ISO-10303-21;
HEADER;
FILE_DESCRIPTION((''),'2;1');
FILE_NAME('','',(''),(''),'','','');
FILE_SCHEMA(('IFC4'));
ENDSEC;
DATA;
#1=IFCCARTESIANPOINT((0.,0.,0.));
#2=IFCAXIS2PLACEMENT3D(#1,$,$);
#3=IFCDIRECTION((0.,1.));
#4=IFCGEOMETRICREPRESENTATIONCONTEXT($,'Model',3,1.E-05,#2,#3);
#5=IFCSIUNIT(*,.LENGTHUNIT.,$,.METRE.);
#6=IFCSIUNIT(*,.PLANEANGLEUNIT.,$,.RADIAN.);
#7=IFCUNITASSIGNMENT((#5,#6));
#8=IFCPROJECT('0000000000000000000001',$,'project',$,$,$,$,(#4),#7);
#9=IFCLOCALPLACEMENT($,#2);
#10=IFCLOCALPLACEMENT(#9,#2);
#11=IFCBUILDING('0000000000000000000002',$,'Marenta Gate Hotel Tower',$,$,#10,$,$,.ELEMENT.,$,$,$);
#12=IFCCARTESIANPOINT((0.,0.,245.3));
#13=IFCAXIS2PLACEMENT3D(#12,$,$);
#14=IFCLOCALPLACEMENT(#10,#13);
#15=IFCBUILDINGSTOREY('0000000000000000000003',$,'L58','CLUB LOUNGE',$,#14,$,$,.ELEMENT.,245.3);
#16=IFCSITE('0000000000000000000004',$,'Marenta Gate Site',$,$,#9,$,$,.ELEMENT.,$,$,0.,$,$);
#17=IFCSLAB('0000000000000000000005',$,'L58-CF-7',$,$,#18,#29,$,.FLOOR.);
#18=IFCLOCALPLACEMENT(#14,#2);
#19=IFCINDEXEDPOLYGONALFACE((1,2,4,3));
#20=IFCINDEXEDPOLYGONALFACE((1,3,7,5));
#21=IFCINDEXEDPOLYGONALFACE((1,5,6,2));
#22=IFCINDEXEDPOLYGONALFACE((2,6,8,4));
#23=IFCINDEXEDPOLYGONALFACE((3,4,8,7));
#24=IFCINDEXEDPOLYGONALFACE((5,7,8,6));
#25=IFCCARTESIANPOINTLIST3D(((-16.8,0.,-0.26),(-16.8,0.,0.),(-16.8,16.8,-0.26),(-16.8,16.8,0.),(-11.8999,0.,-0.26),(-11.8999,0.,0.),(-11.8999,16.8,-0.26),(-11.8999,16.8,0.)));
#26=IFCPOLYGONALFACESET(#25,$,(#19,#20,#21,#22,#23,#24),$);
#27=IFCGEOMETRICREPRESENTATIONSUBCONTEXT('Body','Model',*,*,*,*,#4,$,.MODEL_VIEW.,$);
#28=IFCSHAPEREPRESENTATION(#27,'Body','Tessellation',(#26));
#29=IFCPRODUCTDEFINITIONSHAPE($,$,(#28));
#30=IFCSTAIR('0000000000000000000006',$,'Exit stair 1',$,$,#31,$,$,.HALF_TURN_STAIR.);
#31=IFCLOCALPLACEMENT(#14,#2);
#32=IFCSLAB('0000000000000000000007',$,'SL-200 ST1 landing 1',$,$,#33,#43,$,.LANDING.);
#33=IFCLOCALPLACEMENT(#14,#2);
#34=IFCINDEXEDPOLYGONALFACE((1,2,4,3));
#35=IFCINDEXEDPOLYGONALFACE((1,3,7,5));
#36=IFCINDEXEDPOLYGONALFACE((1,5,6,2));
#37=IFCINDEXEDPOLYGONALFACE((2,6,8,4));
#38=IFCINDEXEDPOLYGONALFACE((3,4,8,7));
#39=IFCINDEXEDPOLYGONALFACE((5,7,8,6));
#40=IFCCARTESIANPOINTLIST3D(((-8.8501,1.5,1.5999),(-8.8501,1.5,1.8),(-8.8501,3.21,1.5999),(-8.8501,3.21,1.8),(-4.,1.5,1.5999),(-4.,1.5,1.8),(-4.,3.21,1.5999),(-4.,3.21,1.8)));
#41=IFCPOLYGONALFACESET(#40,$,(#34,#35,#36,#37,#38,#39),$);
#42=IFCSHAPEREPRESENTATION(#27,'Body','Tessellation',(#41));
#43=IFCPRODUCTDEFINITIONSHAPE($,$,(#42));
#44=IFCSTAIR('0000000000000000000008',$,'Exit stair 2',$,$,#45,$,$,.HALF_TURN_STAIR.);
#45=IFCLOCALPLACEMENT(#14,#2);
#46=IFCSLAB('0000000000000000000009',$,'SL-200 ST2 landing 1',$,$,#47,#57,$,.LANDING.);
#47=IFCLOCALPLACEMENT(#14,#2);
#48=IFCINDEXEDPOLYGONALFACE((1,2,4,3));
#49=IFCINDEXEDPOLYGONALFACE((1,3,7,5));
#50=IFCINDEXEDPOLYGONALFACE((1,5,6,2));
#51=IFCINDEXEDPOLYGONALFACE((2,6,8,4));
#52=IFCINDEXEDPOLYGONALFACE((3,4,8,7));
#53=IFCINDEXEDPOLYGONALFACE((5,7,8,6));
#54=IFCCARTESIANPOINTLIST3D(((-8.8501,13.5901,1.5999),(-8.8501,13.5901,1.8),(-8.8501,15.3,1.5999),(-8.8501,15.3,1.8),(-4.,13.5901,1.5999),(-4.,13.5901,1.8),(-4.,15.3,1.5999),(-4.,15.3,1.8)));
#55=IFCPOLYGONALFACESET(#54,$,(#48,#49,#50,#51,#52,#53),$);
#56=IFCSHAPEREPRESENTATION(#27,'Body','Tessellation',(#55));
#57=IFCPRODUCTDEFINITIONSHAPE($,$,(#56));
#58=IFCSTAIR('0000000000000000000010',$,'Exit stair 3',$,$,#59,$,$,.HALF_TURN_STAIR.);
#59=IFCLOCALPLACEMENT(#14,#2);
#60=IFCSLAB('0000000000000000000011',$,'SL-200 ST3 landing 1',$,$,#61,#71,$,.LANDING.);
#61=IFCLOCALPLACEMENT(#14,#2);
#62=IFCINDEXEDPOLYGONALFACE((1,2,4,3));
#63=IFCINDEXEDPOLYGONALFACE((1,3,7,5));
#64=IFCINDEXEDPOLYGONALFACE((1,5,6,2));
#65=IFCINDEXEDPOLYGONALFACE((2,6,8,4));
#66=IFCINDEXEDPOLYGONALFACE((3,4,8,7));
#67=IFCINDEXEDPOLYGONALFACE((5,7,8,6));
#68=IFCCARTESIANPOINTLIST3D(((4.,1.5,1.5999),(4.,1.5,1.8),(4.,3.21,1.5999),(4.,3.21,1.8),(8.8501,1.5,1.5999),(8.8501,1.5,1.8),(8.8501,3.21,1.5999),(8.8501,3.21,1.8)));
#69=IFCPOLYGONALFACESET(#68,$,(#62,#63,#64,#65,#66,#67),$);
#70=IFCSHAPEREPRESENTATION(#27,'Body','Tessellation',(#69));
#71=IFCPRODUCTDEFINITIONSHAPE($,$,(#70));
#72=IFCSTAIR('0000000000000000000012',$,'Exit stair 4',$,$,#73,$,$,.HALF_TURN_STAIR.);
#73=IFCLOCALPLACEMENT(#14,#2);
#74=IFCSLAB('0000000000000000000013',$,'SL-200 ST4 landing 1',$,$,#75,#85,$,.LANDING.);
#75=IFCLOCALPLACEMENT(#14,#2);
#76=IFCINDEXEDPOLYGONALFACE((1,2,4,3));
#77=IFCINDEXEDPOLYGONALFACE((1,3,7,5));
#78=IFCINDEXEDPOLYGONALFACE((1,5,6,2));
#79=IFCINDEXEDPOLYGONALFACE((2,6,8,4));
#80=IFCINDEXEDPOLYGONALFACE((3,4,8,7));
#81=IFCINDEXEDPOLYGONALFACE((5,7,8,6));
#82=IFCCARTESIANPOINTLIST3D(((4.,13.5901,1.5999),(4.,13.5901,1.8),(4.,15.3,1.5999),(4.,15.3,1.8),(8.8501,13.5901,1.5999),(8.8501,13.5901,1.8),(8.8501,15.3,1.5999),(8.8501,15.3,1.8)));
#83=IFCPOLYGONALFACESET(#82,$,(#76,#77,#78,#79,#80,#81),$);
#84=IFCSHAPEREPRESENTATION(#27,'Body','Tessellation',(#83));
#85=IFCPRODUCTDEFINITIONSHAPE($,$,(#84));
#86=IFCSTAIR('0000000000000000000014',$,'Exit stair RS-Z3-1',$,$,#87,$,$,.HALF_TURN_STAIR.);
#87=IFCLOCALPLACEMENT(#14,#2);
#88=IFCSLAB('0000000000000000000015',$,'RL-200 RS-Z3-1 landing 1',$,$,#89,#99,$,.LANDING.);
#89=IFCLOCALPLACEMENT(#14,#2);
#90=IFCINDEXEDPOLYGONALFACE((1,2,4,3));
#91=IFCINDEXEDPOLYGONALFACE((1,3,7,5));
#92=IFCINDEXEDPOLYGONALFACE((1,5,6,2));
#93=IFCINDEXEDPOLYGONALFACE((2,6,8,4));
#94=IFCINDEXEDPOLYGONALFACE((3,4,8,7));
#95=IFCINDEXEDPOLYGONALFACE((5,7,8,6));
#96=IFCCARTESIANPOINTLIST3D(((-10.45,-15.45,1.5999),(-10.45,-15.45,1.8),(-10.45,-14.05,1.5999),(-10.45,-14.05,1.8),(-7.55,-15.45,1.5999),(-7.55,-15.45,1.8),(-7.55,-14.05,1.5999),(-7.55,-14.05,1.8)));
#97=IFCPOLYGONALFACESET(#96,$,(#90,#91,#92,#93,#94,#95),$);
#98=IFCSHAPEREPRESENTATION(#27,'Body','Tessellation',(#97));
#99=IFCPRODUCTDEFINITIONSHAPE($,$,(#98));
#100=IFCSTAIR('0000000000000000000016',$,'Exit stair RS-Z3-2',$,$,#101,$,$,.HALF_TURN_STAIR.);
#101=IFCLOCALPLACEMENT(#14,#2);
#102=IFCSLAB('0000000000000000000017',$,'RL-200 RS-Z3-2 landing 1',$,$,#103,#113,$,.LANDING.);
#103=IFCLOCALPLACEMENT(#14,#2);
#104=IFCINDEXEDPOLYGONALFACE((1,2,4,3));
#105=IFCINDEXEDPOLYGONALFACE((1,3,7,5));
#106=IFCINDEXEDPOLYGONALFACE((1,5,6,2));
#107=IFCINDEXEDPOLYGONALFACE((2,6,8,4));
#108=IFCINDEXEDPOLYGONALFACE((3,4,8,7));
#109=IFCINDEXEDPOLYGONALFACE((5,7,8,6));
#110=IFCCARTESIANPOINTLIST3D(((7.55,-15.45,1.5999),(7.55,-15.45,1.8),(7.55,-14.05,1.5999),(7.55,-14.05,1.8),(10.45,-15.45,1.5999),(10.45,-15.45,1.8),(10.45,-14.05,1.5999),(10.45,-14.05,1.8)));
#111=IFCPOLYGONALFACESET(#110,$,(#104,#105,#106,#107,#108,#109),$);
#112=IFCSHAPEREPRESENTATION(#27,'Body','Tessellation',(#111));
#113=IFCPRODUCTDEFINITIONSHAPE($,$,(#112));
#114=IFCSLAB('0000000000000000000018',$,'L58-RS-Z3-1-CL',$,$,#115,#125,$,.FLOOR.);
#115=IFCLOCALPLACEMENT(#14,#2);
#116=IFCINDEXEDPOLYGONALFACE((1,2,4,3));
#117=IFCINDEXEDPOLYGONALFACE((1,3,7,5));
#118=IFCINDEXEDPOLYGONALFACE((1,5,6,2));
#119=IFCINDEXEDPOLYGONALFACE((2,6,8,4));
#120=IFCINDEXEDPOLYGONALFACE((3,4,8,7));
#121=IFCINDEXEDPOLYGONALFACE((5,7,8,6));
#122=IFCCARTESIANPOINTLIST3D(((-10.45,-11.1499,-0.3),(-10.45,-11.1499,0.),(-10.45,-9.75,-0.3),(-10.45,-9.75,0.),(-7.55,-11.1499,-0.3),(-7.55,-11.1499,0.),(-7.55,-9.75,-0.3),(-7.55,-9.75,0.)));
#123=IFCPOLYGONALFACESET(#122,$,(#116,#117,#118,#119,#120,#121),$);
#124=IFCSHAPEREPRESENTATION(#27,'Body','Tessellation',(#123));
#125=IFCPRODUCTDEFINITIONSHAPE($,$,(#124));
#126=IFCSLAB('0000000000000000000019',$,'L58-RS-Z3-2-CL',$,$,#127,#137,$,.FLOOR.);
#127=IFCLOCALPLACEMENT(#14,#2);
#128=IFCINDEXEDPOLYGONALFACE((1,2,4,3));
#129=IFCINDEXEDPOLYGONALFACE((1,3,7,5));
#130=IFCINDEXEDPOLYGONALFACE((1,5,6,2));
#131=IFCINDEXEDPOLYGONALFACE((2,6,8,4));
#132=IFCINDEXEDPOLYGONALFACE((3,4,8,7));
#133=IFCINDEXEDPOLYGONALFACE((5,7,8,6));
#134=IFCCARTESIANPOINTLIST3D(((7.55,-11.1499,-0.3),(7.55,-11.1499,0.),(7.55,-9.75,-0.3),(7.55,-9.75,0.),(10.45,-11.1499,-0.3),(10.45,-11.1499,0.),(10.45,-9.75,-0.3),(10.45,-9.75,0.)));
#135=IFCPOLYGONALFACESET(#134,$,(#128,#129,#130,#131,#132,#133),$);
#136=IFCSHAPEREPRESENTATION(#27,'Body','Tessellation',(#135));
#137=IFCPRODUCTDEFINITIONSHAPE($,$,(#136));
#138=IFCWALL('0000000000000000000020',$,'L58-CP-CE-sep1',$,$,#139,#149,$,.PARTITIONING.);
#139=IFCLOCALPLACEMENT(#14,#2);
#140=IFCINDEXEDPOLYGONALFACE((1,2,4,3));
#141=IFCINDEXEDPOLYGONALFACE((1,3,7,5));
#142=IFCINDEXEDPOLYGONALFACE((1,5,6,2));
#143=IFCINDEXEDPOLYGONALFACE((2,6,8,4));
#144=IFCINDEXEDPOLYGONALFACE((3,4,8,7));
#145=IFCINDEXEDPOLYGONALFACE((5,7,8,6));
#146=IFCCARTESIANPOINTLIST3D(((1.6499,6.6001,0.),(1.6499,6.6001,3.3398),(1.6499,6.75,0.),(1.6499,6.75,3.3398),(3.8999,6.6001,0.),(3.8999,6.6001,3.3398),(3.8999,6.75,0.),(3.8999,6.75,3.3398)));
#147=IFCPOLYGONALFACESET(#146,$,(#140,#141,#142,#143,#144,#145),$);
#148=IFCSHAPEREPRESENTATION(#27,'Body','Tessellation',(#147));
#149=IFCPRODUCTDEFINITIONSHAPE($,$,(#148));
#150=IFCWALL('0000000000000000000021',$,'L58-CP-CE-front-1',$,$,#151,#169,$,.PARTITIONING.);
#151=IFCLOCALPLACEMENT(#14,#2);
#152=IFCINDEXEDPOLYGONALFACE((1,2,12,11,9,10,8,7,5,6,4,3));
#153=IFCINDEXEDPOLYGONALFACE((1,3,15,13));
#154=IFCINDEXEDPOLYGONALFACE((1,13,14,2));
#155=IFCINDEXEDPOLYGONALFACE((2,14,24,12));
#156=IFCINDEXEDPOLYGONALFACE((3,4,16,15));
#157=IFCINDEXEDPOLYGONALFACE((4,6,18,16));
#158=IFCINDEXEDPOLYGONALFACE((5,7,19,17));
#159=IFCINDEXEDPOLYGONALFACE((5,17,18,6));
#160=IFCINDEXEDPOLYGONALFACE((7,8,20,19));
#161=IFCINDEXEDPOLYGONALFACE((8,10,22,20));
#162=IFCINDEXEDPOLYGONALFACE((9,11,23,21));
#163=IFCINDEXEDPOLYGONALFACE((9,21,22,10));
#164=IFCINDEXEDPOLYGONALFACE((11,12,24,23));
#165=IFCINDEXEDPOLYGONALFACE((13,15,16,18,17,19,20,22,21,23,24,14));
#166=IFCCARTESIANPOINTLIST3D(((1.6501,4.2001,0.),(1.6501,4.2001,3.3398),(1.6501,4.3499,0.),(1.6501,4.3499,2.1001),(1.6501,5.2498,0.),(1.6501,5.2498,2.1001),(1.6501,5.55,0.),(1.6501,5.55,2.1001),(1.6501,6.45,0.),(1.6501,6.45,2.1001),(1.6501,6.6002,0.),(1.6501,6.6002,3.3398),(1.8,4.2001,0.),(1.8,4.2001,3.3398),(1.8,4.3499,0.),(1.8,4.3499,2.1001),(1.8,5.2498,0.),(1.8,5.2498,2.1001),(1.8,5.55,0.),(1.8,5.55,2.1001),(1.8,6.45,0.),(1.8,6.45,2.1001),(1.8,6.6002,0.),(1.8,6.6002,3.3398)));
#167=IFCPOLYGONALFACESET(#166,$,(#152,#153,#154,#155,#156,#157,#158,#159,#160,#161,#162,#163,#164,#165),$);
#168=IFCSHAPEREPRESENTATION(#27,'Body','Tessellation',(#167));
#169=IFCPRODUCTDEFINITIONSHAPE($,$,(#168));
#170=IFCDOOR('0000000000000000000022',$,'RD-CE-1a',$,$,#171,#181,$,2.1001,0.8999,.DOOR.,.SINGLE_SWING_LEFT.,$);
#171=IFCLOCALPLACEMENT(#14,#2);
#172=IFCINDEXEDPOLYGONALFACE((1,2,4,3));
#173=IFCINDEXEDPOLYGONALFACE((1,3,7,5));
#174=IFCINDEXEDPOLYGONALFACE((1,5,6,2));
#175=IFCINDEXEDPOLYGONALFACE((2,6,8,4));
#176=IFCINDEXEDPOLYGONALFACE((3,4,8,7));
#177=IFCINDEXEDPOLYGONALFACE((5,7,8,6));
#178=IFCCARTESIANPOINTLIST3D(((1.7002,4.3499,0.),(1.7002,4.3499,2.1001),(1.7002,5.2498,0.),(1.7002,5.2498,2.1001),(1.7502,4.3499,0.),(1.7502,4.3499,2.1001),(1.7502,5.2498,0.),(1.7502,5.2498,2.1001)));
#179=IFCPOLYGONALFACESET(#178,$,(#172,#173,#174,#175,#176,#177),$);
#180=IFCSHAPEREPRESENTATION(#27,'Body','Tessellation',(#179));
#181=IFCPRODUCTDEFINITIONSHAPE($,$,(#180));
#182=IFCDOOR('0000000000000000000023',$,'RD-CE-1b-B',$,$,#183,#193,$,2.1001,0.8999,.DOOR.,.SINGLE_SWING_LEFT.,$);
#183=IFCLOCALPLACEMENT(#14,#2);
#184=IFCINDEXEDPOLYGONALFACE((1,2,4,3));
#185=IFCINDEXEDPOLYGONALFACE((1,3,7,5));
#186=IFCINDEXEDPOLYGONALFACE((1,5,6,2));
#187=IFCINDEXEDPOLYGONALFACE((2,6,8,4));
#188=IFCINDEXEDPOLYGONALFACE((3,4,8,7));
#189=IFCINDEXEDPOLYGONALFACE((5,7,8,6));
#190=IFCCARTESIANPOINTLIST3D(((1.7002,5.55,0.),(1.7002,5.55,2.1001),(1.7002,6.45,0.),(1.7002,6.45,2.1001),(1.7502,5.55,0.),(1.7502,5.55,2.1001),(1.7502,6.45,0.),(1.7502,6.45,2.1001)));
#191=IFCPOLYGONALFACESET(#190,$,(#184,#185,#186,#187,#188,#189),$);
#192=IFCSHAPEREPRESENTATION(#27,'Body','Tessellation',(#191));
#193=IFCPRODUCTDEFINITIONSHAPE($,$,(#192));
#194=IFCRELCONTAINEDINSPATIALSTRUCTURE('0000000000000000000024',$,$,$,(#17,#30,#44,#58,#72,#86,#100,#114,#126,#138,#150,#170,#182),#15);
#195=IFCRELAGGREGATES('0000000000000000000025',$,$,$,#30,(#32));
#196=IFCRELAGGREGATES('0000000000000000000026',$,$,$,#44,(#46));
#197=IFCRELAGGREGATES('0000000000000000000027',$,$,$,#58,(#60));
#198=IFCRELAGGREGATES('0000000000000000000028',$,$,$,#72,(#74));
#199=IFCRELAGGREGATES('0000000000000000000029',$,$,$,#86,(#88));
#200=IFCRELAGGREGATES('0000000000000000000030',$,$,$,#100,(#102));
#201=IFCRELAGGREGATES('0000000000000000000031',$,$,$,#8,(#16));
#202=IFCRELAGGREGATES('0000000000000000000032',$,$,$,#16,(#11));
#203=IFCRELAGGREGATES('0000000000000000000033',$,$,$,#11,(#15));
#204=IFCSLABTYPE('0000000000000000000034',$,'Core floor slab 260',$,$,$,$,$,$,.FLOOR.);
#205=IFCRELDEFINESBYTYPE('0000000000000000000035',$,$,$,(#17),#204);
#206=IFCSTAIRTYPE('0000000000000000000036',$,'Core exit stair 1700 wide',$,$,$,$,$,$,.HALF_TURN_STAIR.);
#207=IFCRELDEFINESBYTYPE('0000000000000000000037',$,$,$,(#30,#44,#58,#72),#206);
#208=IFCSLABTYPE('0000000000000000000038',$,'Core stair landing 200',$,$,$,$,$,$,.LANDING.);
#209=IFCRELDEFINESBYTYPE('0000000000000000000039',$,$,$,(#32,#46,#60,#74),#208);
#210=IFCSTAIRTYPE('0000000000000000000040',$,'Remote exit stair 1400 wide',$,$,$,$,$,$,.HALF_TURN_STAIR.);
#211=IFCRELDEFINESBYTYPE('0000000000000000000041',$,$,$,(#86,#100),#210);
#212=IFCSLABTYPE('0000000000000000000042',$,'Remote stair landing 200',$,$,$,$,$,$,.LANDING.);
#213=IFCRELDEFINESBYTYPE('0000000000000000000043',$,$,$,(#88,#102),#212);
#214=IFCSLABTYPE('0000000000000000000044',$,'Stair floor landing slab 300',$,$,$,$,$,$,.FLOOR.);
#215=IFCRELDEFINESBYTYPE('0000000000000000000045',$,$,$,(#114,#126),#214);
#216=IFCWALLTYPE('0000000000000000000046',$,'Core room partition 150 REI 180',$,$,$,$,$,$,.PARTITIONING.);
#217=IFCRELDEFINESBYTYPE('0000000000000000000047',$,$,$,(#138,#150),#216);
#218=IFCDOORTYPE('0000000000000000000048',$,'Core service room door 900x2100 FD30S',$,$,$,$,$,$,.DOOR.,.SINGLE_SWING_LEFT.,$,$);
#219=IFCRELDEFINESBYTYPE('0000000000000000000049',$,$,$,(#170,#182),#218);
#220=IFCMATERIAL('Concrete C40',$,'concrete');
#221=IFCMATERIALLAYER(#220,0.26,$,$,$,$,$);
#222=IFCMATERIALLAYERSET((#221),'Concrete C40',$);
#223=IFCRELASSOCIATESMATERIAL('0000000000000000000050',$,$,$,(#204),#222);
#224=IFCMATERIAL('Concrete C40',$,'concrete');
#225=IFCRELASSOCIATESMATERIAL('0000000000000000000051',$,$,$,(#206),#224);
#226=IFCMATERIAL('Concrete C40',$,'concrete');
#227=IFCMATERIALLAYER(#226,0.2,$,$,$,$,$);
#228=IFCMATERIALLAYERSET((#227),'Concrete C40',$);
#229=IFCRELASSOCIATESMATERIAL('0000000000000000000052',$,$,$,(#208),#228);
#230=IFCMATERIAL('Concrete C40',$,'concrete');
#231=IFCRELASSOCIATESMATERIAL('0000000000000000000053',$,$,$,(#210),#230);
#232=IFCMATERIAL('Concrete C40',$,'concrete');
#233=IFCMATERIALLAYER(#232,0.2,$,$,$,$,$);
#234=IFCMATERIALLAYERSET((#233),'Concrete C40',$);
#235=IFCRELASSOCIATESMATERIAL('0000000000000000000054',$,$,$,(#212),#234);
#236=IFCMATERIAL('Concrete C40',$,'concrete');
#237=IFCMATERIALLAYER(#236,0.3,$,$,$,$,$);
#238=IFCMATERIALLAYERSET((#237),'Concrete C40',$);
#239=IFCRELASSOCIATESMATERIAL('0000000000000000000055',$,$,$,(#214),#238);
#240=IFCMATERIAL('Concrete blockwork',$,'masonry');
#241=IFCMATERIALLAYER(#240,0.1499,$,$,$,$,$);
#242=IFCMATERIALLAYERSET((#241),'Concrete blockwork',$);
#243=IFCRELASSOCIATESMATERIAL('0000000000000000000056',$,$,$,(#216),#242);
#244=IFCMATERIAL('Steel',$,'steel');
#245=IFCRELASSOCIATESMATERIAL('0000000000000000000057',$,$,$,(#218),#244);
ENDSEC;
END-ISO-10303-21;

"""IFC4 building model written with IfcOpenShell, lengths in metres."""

from ifc_helpers import new_model, si_unit, direction, frame, frame_2d, origin, place, context, subcontext, project, spatial, polyline, rectangle, outline, extrude, material, layer, layer_set, type_object, element, fill, aggregate, save


model = new_model("IFC4")

# Units and contexts
model_context = context("Model", 3, precision=1e-05, world=origin(), true_north=direction((0.0, 1.0)))
body_context = subcontext(model_context, "Body", "Model", "MODEL_VIEW")
ifc_project = project(units=[si_unit("LENGTHUNIT", "METRE"), si_unit("PLANEANGLEUNIT", "RADIAN")], contexts=[model_context])

# Site, building, storey
site_placement = place(None, origin())
site = spatial("IfcSite", under=ifc_project, at=site_placement, Name="Marenta Gate Site", CompositionType="ELEMENT", RefElevation=0.0)
building_placement = place(site_placement, origin())
building = spatial("IfcBuilding", under=site, at=building_placement, Name="Marenta Gate Hotel Tower", CompositionType="ELEMENT")
storey_placement = place(building_placement, frame((0.0, 0.0, 245.3)))
storey = spatial("IfcBuildingStorey", under=building, at=storey_placement, Name="L58", Description="CLUB LOUNGE", CompositionType="ELEMENT", Elevation=245.3)

# Slab
ifc_material_1 = material(Name="Concrete C40", Category="concrete")
ifc_layer_1 = layer(ifc_material_1, 0.26)
ifc_layer_set_1 = layer_set([ifc_layer_1], Name="Concrete C40")
slab_type_1 = type_object("IfcSlabType", Name="Core floor slab 260", PredefinedType="FLOOR", material=ifc_layer_set_1)
slab_1_placement = place(storey_placement, frame((0.0, 0.0, -0.26)))
element("IfcSlab", 1, at=slab_1_placement, inside=storey, type_object=slab_type_1, Name="L58-CF-7", PredefinedType="FLOOR", context=body_context, shape_type="SweptSolid", body=[
    extrude(outline(polyline([(-11.8999, 16.8), (-11.8999, 0.0), (-16.8, 0.0), (-16.8, 16.8), (-11.8999, 16.8)])), origin(), (0.0, 0.0, 1.0), 0.26),
])

# Stairs, slabs
ifc_material_2 = material(Name="Concrete C40", Category="concrete")
stair_type_1 = type_object("IfcStairType", Name="Core exit stair 1700 wide", PredefinedType="HALF_TURN_STAIR", material=ifc_material_2)
stair_1_placement = place(storey_placement, origin())
stair_1 = element("IfcStair", 2, at=stair_1_placement, inside=storey, type_object=stair_type_1, Name="Exit stair 1", PredefinedType="HALF_TURN_STAIR")
ifc_material_3 = material(Name="Concrete C40", Category="concrete")
ifc_layer_2 = layer(ifc_material_3, 0.2)
ifc_layer_set_2 = layer_set([ifc_layer_2], Name="Concrete C40")
slab_type_2 = type_object("IfcSlabType", Name="Core stair landing 200", PredefinedType="LANDING", material=ifc_layer_set_2)
slab_2_placement = place(storey_placement, frame((0.0, 0.0, 1.5999)))
slab_2 = element("IfcSlab", 3, at=slab_2_placement, type_object=slab_type_2, Name="SL-200 ST1 landing 1", PredefinedType="LANDING", context=body_context, shape_type="SweptSolid", body=[
    extrude(outline(polyline([(-8.8501, 1.5), (-4.0, 1.5), (-4.0, 3.21), (-8.8501, 3.21), (-8.8501, 1.5)])), origin(), (0.0, 0.0, 1.0), 0.2002),
])
aggregate(stair_1, [slab_2])
stair_2_placement = place(storey_placement, origin())
stair_2 = element("IfcStair", 4, at=stair_2_placement, inside=storey, type_object=stair_type_1, Name="Exit stair 2", PredefinedType="HALF_TURN_STAIR")
slab_3_placement = place(storey_placement, frame((0.0, 0.0, 1.5999)))
slab_3 = element("IfcSlab", 5, at=slab_3_placement, type_object=slab_type_2, Name="SL-200 ST2 landing 1", PredefinedType="LANDING", context=body_context, shape_type="SweptSolid", body=[
    extrude(outline(polyline([(-8.8501, 13.5901), (-4.0, 13.5901), (-4.0, 15.3), (-8.8501, 15.3), (-8.8501, 13.5901)])), origin(), (0.0, 0.0, 1.0), 0.2002),
])
aggregate(stair_2, [slab_3])
stair_3_placement = place(storey_placement, origin())
stair_3 = element("IfcStair", 6, at=stair_3_placement, inside=storey, type_object=stair_type_1, Name="Exit stair 3", PredefinedType="HALF_TURN_STAIR")
slab_4_placement = place(storey_placement, frame((0.0, 0.0, 1.5999)))
slab_4 = element("IfcSlab", 7, at=slab_4_placement, type_object=slab_type_2, Name="SL-200 ST3 landing 1", PredefinedType="LANDING", context=body_context, shape_type="SweptSolid", body=[
    extrude(outline(polyline([(4.0, 1.5), (8.8501, 1.5), (8.8501, 3.21), (4.0, 3.21), (4.0, 1.5)])), origin(), (0.0, 0.0, 1.0), 0.2002),
])
aggregate(stair_3, [slab_4])
stair_4_placement = place(storey_placement, origin())
stair_4 = element("IfcStair", 8, at=stair_4_placement, inside=storey, type_object=stair_type_1, Name="Exit stair 4", PredefinedType="HALF_TURN_STAIR")
slab_5_placement = place(storey_placement, frame((0.0, 0.0, 1.5999)))
slab_5 = element("IfcSlab", 9, at=slab_5_placement, type_object=slab_type_2, Name="SL-200 ST4 landing 1", PredefinedType="LANDING", context=body_context, shape_type="SweptSolid", body=[
    extrude(outline(polyline([(4.0, 13.5901), (8.8501, 13.5901), (8.8501, 15.3), (4.0, 15.3), (4.0, 13.5901)])), origin(), (0.0, 0.0, 1.0), 0.2002),
])
aggregate(stair_4, [slab_5])
ifc_material_4 = material(Name="Concrete C40", Category="concrete")
stair_type_2 = type_object("IfcStairType", Name="Remote exit stair 1400 wide", PredefinedType="HALF_TURN_STAIR", material=ifc_material_4)
stair_5_placement = place(storey_placement, origin())
stair_5 = element("IfcStair", 10, at=stair_5_placement, inside=storey, type_object=stair_type_2, Name="Exit stair RS-Z3-1", PredefinedType="HALF_TURN_STAIR")
ifc_material_5 = material(Name="Concrete C40", Category="concrete")
ifc_layer_3 = layer(ifc_material_5, 0.2)
ifc_layer_set_3 = layer_set([ifc_layer_3], Name="Concrete C40")
slab_type_3 = type_object("IfcSlabType", Name="Remote stair landing 200", PredefinedType="LANDING", material=ifc_layer_set_3)
slab_6_placement = place(storey_placement, frame((0.0, 0.0, 1.5999)))
slab_6 = element("IfcSlab", 11, at=slab_6_placement, type_object=slab_type_3, Name="RL-200 RS-Z3-1 landing 1", PredefinedType="LANDING", context=body_context, shape_type="SweptSolid", body=[
    extrude(outline(polyline([(-10.45, -15.45), (-7.55, -15.45), (-7.55, -14.05), (-10.45, -14.05), (-10.45, -15.45)])), origin(), (0.0, 0.0, 1.0), 0.2002),
])
aggregate(stair_5, [slab_6])
stair_6_placement = place(storey_placement, origin())
stair_6 = element("IfcStair", 12, at=stair_6_placement, inside=storey, type_object=stair_type_2, Name="Exit stair RS-Z3-2", PredefinedType="HALF_TURN_STAIR")
slab_7_placement = place(storey_placement, frame((0.0, 0.0, 1.5999)))
slab_7 = element("IfcSlab", 13, at=slab_7_placement, type_object=slab_type_3, Name="RL-200 RS-Z3-2 landing 1", PredefinedType="LANDING", context=body_context, shape_type="SweptSolid", body=[
    extrude(outline(polyline([(7.55, -15.45), (10.45, -15.45), (10.45, -14.05), (7.55, -14.05), (7.55, -15.45)])), origin(), (0.0, 0.0, 1.0), 0.2002),
])
aggregate(stair_6, [slab_7])

# Slabs
ifc_material_6 = material(Name="Concrete C40", Category="concrete")
ifc_layer_4 = layer(ifc_material_6, 0.3)
ifc_layer_set_4 = layer_set([ifc_layer_4], Name="Concrete C40")
slab_type_4 = type_object("IfcSlabType", Name="Stair floor landing slab 300", PredefinedType="FLOOR", material=ifc_layer_set_4)
slab_8_placement = place(storey_placement, frame((0.0, 0.0, -0.3)))
element("IfcSlab", 14, at=slab_8_placement, inside=storey, type_object=slab_type_4, Name="L58-RS-Z3-1-CL", PredefinedType="FLOOR", context=body_context, shape_type="SweptSolid", body=[
    extrude(outline(polyline([(-7.55, -11.1499), (-7.55, -9.75), (-10.45, -9.75), (-10.45, -11.1499), (-7.55, -11.1499)])), origin(), (0.0, 0.0, 1.0), 0.3),
])
slab_9_placement = place(storey_placement, frame((0.0, 0.0, -0.3)))
element("IfcSlab", 15, at=slab_9_placement, inside=storey, type_object=slab_type_4, Name="L58-RS-Z3-2-CL", PredefinedType="FLOOR", context=body_context, shape_type="SweptSolid", body=[
    extrude(outline(polyline([(10.45, -11.1499), (10.45, -9.75), (7.55, -9.75), (7.55, -11.1499), (10.45, -11.1499)])), origin(), (0.0, 0.0, 1.0), 0.3),
])

# Wall
ifc_material_7 = material(Name="Concrete blockwork", Category="masonry")
ifc_layer_5 = layer(ifc_material_7, 0.1499)
ifc_layer_set_5 = layer_set([ifc_layer_5], Name="Concrete blockwork")
wall_type_1 = type_object("IfcWallType", Name="Core room partition 150 REI 180", PredefinedType="PARTITIONING", material=ifc_layer_set_5)
wall_1_placement = place(storey_placement, frame((1.6499, 6.675, 0.0), z_axis=(0.0, 0.0, 1.0), x_axis=(1.0, 0.0, 0.0)))
element("IfcWall", 16, at=wall_1_placement, inside=storey, type_object=wall_type_1, Name="L58-CP-CE-sep1", PredefinedType="PARTITIONING", context=body_context, shape_type="SweptSolid", body=[
    extrude(rectangle(XDim=2.25, YDim=0.1499, at=frame_2d((1.125, 0.0))), origin(), (0.0, 0.0, 1.0), 3.3398),
])

# Wall, openings, doors
wall_2_placement = place(storey_placement, frame((1.7251, 4.2, 0.0), z_axis=(0.0, 0.0, 1.0), x_axis=(0.0, 1.0, 0.0)))
wall_2 = element("IfcWall", 17, at=wall_2_placement, inside=storey, type_object=wall_type_1, Name="L58-CP-CE-front-1", PredefinedType="PARTITIONING", context=body_context, shape_type="SweptSolid", body=[
    extrude(rectangle(XDim=2.4001, YDim=0.1499, at=frame_2d((1.2002, 0.0))), origin(), (0.0, 0.0, 1.0), 3.3398),
])
opening_1_placement = place(wall_2_placement, frame((0.1499, 0.0, 0.0)))
opening_1 = element("IfcOpeningElement", 18, at=opening_1_placement, cuts=wall_2, PredefinedType="OPENING", context=body_context, shape_type="SweptSolid", body=[
    extrude(rectangle(XDim=0.8999, YDim=2.1001, at=frame_2d((0.45, 1.05))), frame((0.0, 0.075, 0.0), z_axis=(0.0, -1.0, 0.0), x_axis=(1.0, 0.0, 0.0)), (0.0, 0.0, 1.0), 0.1499),
])
opening_2_placement = place(wall_2_placement, frame((1.3501, 0.0, 0.0)))
opening_2 = element("IfcOpeningElement", 19, at=opening_2_placement, cuts=wall_2, PredefinedType="OPENING", context=body_context, shape_type="SweptSolid", body=[
    extrude(rectangle(XDim=0.8999, YDim=2.1001, at=frame_2d((0.45, 1.05))), frame((0.0, 0.075, 0.0), z_axis=(0.0, -1.0, 0.0), x_axis=(1.0, 0.0, 0.0)), (0.0, 0.0, 1.0), 0.1499),
])
ifc_material_8 = material(Name="Steel", Category="steel")
door_type_1 = type_object("IfcDoorType", Name="Core service room door 900x2100 FD30S", OperationType="SINGLE_SWING_LEFT", PredefinedType="DOOR", material=ifc_material_8)
door_1_placement = place(opening_1_placement, origin())
door_1 = element("IfcDoor", 20, at=door_1_placement, inside=storey, type_object=door_type_1, Name="RD-CE-1a", OperationType="SINGLE_SWING_LEFT", OverallHeight=2.1001, OverallWidth=0.8999, PredefinedType="DOOR", context=body_context, shape_type="SweptSolid", body=[
    extrude(rectangle(XDim=0.8999, YDim=2.1001, at=frame_2d((0.45, 1.05))), frame((0.0, 0.0249, 0.0), z_axis=(0.0, -1.0, 0.0), x_axis=(1.0, 0.0, 0.0)), (0.0, 0.0, 1.0), 0.05),
])
fill(opening_1, door_1)
door_2_placement = place(opening_2_placement, origin())
door_2 = element("IfcDoor", 21, at=door_2_placement, inside=storey, type_object=door_type_1, Name="RD-CE-1b-B", OperationType="SINGLE_SWING_LEFT", OverallHeight=2.1001, OverallWidth=0.8999, PredefinedType="DOOR", context=body_context, shape_type="SweptSolid", body=[
    extrude(rectangle(XDim=0.8999, YDim=2.1001, at=frame_2d((0.45, 1.05))), frame((0.0, 0.0249, 0.0), z_axis=(0.0, -1.0, 0.0), x_axis=(1.0, 0.0, 0.0)), (0.0, 0.0, 1.0), 0.05),
])
fill(opening_2, door_2)

save(model, "model.ifc")
